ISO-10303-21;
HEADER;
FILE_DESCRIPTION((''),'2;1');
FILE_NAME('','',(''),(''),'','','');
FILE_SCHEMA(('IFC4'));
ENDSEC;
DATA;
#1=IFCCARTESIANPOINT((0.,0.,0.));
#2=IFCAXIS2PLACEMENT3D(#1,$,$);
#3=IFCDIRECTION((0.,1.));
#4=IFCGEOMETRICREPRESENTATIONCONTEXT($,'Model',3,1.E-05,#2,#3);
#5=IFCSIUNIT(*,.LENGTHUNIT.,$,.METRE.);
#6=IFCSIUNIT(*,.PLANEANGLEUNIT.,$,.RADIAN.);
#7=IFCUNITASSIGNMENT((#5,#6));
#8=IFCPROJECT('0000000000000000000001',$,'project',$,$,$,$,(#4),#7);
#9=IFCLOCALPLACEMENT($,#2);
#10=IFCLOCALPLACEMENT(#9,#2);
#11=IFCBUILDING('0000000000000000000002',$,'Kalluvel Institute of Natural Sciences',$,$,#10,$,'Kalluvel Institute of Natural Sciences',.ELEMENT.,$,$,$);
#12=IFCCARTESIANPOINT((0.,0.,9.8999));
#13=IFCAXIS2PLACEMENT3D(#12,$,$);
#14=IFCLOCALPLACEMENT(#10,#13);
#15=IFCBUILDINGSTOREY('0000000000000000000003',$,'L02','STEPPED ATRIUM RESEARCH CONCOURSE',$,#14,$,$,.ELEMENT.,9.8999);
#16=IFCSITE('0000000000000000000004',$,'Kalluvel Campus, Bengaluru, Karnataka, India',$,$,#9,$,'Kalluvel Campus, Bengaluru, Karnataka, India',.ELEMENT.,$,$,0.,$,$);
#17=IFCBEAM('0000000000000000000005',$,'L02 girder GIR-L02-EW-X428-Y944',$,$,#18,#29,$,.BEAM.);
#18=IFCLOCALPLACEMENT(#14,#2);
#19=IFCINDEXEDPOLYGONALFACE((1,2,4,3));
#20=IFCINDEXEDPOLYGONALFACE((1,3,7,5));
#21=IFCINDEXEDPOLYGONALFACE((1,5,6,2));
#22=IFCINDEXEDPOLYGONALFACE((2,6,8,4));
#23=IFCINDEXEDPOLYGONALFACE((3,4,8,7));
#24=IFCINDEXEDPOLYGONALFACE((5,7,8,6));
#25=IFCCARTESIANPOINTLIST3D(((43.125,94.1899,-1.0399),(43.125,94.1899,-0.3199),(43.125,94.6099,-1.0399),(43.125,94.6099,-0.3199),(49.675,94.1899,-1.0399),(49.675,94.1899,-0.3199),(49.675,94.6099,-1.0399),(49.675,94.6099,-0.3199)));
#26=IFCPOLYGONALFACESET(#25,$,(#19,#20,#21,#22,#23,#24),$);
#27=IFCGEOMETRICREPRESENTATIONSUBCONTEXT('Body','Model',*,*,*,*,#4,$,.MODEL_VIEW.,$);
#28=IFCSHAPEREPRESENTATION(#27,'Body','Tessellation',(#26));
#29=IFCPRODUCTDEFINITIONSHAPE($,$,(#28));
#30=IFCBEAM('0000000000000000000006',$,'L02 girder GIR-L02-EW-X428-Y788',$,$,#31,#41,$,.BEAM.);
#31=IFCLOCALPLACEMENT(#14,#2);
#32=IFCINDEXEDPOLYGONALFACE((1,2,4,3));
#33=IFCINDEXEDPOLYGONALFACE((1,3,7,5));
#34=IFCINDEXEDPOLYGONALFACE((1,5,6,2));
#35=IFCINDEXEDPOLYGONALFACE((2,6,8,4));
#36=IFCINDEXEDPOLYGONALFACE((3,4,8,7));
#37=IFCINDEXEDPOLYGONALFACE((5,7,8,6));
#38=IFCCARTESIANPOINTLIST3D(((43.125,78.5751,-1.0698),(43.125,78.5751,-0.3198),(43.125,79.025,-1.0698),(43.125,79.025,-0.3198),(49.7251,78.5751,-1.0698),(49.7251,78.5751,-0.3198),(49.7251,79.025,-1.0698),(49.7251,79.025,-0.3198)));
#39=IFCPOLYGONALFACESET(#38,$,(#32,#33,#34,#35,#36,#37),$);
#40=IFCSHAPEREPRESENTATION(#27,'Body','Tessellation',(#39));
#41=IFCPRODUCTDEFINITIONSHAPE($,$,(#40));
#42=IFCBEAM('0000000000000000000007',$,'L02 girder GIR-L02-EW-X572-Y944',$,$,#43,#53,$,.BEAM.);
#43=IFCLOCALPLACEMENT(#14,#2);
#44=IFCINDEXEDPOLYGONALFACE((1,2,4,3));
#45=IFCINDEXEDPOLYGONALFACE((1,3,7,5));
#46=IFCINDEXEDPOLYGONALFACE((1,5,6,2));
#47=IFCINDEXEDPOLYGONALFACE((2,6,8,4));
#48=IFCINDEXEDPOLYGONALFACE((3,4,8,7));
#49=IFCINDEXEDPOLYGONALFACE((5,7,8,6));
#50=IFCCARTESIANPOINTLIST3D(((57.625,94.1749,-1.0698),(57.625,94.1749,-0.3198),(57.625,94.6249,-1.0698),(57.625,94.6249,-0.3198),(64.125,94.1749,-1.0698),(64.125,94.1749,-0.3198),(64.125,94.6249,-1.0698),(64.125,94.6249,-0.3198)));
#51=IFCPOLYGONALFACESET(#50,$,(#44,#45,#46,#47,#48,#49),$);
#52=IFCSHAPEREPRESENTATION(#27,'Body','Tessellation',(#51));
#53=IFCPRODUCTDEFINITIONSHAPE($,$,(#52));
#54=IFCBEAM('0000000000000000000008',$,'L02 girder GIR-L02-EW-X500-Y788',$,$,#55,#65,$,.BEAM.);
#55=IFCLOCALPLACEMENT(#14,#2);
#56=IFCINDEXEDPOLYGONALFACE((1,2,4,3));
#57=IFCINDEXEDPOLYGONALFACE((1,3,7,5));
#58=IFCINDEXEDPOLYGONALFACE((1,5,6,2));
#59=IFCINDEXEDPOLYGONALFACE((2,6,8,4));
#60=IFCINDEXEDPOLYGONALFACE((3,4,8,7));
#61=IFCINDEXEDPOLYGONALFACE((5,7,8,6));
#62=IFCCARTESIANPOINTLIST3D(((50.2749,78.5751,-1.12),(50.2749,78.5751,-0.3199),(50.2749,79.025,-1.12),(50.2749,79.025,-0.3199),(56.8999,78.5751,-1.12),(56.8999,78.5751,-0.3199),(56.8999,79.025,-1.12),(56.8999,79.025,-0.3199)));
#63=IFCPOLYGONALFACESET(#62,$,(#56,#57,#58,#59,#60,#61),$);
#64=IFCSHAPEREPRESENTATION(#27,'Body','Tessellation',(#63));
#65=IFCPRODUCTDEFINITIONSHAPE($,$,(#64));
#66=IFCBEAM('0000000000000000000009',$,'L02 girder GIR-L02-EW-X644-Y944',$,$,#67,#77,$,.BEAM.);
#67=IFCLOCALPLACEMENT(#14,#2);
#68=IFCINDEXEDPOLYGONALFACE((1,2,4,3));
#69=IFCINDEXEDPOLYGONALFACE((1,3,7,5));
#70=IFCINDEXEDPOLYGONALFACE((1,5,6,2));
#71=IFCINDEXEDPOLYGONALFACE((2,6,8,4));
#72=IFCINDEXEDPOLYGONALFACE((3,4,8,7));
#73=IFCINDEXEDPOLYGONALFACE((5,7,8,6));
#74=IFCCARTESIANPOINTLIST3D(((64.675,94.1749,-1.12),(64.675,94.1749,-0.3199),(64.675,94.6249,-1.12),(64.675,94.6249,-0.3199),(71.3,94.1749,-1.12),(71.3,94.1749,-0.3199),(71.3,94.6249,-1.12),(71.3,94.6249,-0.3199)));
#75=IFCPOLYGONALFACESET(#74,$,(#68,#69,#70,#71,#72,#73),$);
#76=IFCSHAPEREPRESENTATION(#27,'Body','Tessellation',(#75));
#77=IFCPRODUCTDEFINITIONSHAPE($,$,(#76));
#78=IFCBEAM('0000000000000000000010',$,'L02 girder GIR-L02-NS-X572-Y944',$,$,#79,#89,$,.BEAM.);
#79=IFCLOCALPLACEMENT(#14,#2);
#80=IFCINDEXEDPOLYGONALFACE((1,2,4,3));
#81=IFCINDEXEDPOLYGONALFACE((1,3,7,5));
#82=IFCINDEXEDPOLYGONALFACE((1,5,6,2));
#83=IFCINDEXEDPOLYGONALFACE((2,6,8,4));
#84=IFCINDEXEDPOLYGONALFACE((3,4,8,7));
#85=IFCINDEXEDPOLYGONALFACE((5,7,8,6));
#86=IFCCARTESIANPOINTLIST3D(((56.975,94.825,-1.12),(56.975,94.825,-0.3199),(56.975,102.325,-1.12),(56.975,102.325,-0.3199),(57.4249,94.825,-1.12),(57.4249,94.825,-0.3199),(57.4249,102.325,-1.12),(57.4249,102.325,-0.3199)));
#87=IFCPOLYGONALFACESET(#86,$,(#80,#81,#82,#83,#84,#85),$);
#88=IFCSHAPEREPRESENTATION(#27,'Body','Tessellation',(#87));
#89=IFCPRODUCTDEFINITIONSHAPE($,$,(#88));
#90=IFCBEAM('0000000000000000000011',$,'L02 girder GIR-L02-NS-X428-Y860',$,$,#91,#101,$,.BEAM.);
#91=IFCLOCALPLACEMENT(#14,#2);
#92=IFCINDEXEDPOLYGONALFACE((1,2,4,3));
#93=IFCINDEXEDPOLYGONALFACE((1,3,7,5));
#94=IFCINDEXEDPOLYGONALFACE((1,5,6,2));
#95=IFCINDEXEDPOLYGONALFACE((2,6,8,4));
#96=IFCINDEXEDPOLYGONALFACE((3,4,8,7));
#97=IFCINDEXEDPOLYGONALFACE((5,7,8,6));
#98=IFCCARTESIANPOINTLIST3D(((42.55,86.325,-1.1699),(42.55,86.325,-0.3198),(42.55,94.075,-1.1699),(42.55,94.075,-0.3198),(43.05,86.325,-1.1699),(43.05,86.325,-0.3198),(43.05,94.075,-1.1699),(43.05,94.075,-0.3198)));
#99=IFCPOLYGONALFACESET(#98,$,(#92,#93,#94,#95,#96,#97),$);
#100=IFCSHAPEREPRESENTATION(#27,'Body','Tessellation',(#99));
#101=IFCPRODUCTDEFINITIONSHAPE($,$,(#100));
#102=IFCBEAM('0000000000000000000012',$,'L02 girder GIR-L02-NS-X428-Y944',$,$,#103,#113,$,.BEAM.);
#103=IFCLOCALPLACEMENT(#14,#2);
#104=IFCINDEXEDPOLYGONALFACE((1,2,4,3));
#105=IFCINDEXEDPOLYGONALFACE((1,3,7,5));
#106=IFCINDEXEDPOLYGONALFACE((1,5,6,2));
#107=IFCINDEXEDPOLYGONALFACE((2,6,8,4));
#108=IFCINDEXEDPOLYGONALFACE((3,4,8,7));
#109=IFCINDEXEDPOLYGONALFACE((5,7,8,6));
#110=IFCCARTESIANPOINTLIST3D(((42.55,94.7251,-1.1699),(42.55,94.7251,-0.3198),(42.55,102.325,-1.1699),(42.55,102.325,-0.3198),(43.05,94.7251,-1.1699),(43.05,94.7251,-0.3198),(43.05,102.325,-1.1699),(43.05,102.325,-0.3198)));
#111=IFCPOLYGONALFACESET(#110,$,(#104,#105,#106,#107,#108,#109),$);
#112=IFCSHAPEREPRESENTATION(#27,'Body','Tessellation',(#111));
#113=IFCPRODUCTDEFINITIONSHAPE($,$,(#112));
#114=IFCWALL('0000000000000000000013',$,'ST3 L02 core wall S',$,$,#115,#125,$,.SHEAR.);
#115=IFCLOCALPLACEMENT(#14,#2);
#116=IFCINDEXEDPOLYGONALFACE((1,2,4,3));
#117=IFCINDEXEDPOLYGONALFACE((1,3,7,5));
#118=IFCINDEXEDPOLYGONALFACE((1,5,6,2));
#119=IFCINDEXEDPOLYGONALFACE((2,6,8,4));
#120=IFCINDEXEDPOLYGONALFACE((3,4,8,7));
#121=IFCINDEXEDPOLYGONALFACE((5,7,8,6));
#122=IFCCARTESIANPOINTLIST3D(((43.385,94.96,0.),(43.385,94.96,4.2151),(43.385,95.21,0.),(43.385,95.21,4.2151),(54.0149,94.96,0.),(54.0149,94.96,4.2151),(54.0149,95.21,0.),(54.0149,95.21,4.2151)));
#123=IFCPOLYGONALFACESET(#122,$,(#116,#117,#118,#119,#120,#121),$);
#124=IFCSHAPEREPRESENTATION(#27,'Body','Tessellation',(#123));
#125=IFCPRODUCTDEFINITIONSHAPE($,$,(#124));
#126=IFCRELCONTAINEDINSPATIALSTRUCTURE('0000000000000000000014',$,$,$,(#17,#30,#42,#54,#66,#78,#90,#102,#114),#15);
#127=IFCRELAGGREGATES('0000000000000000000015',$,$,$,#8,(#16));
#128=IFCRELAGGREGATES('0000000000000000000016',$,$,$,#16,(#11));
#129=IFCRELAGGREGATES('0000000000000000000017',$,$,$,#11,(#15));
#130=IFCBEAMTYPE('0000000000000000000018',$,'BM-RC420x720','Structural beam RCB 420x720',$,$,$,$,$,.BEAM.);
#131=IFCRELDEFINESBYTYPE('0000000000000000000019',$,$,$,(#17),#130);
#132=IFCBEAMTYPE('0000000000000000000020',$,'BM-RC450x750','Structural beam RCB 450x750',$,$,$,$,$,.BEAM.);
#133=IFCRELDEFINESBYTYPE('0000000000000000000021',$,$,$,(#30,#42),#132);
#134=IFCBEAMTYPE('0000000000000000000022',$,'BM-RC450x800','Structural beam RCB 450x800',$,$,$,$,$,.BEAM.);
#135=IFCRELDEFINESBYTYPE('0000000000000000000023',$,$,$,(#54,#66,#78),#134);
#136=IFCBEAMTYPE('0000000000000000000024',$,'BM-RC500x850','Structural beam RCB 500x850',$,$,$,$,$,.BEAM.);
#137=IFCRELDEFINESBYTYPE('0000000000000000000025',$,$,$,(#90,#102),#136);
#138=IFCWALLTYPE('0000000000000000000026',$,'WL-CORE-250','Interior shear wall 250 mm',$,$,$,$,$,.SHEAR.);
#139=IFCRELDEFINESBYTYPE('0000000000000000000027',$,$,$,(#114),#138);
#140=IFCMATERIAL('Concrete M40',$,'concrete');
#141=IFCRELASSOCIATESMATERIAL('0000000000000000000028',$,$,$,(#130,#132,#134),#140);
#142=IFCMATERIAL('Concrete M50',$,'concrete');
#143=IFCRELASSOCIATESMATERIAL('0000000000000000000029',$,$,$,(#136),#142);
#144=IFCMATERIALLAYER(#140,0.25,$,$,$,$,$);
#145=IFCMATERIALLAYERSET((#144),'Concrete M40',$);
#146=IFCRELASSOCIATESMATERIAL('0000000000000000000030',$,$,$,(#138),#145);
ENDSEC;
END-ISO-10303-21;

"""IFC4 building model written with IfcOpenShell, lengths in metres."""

from ifc_helpers import new_model, si_unit, direction, frame, frame_2d, origin, origin_2d, place, context, subcontext, project, spatial, rectangle, extrude, material, layer, layer_set, material_profile, profile_set, type_object, element, save


model = new_model("IFC4")

# Units and contexts
model_context = context("Model", 3, precision=1e-05, world=origin(), true_north=direction((0.0, 1.0)))
body_context = subcontext(model_context, "Body", "Model", "MODEL_VIEW")
ifc_project = project(units=[si_unit("LENGTHUNIT", "METRE"), si_unit("PLANEANGLEUNIT", "RADIAN")], contexts=[model_context])

# Site, building, storey
site_placement = place(None, origin())
site = spatial("IfcSite", under=ifc_project, at=site_placement, Name="Kalluvel Campus, Bengaluru, Karnataka, India", LongName="Kalluvel Campus, Bengaluru, Karnataka, India", CompositionType="ELEMENT", RefElevation=0.0)
building_placement = place(site_placement, origin())
building = spatial("IfcBuilding", under=site, at=building_placement, Name="Kalluvel Institute of Natural Sciences", LongName="Kalluvel Institute of Natural Sciences", CompositionType="ELEMENT")
storey_placement = place(building_placement, frame((0.0, 0.0, 9.8999)))
storey = spatial("IfcBuildingStorey", under=building, at=storey_placement, Name="L02", Description="STEPPED ATRIUM RESEARCH CONCOURSE", CompositionType="ELEMENT", Elevation=9.8999)

# Shared definitions
ifc_material_1 = material(Name="Concrete M40", Category="concrete")
ifc_material_2 = material(Name="Concrete M50", Category="concrete")

# Beams
ifc_material_profile_1 = material_profile(ifc_material_1, rectangle(XDim=0.4199, YDim=0.72, at=origin_2d()), Name="RCB 420x720")
ifc_profile_set_1 = profile_set([ifc_material_profile_1], Name="Concrete M40")
beam_type_1 = type_object("IfcBeamType", Name="BM-RC420x720", Description="Structural beam RCB 420x720", PredefinedType="BEAM", material=ifc_profile_set_1)
beam_1_placement = place(storey_placement, frame((43.125, 94.3999, -0.6799), z_axis=(1.0, 0.0, 0.0), x_axis=(0.0, 1.0, 0.0)))
element("IfcBeam", 1, at=beam_1_placement, inside=storey, type_object=beam_type_1, Name="L02 girder GIR-L02-EW-X428-Y944", PredefinedType="BEAM", context=body_context, shape_type="SweptSolid", body=[
    extrude(rectangle(XDim=0.4199, YDim=0.72, at=origin_2d()), origin(), (0.0, 0.0, 1.0), 6.55),
])
ifc_material_profile_2 = material_profile(ifc_material_1, rectangle(XDim=0.45, YDim=0.75, at=origin_2d()), Name="RCB 450x750")
ifc_profile_set_2 = profile_set([ifc_material_profile_2], Name="Concrete M40")
beam_type_2 = type_object("IfcBeamType", Name="BM-RC450x750", Description="Structural beam RCB 450x750", PredefinedType="BEAM", material=ifc_profile_set_2)
beam_2_placement = place(storey_placement, frame((43.125, 78.8, -0.6948), z_axis=(1.0, 0.0, 0.0), x_axis=(0.0, 1.0, 0.0)))
element("IfcBeam", 2, at=beam_2_placement, inside=storey, type_object=beam_type_2, Name="L02 girder GIR-L02-EW-X428-Y788", PredefinedType="BEAM", context=body_context, shape_type="SweptSolid", body=[
    extrude(rectangle(XDim=0.45, YDim=0.75, at=origin_2d()), origin(), (0.0, 0.0, 1.0), 6.6001),
])
beam_3_placement = place(storey_placement, frame((57.625, 94.3999, -0.6948), z_axis=(1.0, 0.0, 0.0), x_axis=(0.0, 1.0, 0.0)))
element("IfcBeam", 3, at=beam_3_placement, inside=storey, type_object=beam_type_2, Name="L02 girder GIR-L02-EW-X572-Y944", PredefinedType="BEAM", context=body_context, shape_type="SweptSolid", body=[
    extrude(rectangle(XDim=0.45, YDim=0.75, at=origin_2d()), origin(), (0.0, 0.0, 1.0), 6.5),
])
ifc_material_profile_3 = material_profile(ifc_material_1, rectangle(XDim=0.45, YDim=0.8, at=origin_2d()), Name="RCB 450x800")
ifc_profile_set_3 = profile_set([ifc_material_profile_3], Name="Concrete M40")
beam_type_3 = type_object("IfcBeamType", Name="BM-RC450x800", Description="Structural beam RCB 450x800", PredefinedType="BEAM", material=ifc_profile_set_3)
for number, where, z_axis, x_axis, name in (
    (4, (50.2749, 78.8, -0.72), (1.0, 0.0, 0.0), (0.0, 1.0, 0.0), "L02 girder GIR-L02-EW-X500-Y788"),
    (5, (64.675, 94.3999, -0.72), (1.0, 0.0, 0.0), (0.0, 1.0, 0.0), "L02 girder GIR-L02-EW-X644-Y944"),
):
    element("IfcBeam", number, at=place(storey_placement, frame(where, z_axis=z_axis, x_axis=x_axis)), inside=storey, type_object=beam_type_3, Name=name, PredefinedType="BEAM", context=body_context, shape_type="SweptSolid", body=[
        extrude(rectangle(XDim=0.45, YDim=0.8, at=origin_2d()), origin(), (0.0, 0.0, 1.0), 6.625),
    ])
beam_4_placement = place(storey_placement, frame((57.2, 94.825, -0.72), z_axis=(0.0, 1.0, 0.0), x_axis=(-1.0, 0.0, 0.0)))
element("IfcBeam", 6, at=beam_4_placement, inside=storey, type_object=beam_type_3, Name="L02 girder GIR-L02-NS-X572-Y944", PredefinedType="BEAM", context=body_context, shape_type="SweptSolid", body=[
    extrude(rectangle(XDim=0.45, YDim=0.8, at=origin_2d()), origin(), (0.0, 0.0, 1.0), 7.5),
])
ifc_material_profile_4 = material_profile(ifc_material_2, rectangle(XDim=0.5, YDim=0.8501, at=origin_2d()), Name="RCB 500x850")
ifc_profile_set_4 = profile_set([ifc_material_profile_4], Name="Concrete M50")
beam_type_4 = type_object("IfcBeamType", Name="BM-RC500x850", Description="Structural beam RCB 500x850", PredefinedType="BEAM", material=ifc_profile_set_4)
beam_5_placement = place(storey_placement, frame((42.8, 86.325, -0.7449), z_axis=(0.0, 1.0, 0.0), x_axis=(-1.0, 0.0, 0.0)))
element("IfcBeam", 7, at=beam_5_placement, inside=storey, type_object=beam_type_4, Name="L02 girder GIR-L02-NS-X428-Y860", PredefinedType="BEAM", context=body_context, shape_type="SweptSolid", body=[
    extrude(rectangle(XDim=0.5, YDim=0.8501, at=origin_2d()), origin(), (0.0, 0.0, 1.0), 7.75),
])
beam_6_placement = place(storey_placement, frame((42.8, 94.7251, -0.7449), z_axis=(0.0, 1.0, 0.0), x_axis=(-1.0, 0.0, 0.0)))
element("IfcBeam", 8, at=beam_6_placement, inside=storey, type_object=beam_type_4, Name="L02 girder GIR-L02-NS-X428-Y944", PredefinedType="BEAM", context=body_context, shape_type="SweptSolid", body=[
    extrude(rectangle(XDim=0.5, YDim=0.8501, at=origin_2d()), origin(), (0.0, 0.0, 1.0), 7.5999),
])

# Wall
ifc_layer = layer(ifc_material_1, 0.25)
ifc_layer_set = layer_set([ifc_layer], Name="Concrete M40")
wall_type = type_object("IfcWallType", Name="WL-CORE-250", Description="Interior shear wall 250 mm", PredefinedType="SHEAR", material=ifc_layer_set)
wall_placement = place(storey_placement, frame((43.385, 95.085, 0.0), z_axis=(0.0, 0.0, 1.0), x_axis=(1.0, 0.0, 0.0)))
element("IfcWall", 9, at=wall_placement, inside=storey, type_object=wall_type, Name="ST3 L02 core wall S", PredefinedType="SHEAR", context=body_context, shape_type="SweptSolid", body=[
    extrude(rectangle(XDim=10.6299, YDim=0.25, at=frame_2d((5.3149, 0.0))), origin(), (0.0, 0.0, 1.0), 4.2151),
])

save(model, "model.ifc")
